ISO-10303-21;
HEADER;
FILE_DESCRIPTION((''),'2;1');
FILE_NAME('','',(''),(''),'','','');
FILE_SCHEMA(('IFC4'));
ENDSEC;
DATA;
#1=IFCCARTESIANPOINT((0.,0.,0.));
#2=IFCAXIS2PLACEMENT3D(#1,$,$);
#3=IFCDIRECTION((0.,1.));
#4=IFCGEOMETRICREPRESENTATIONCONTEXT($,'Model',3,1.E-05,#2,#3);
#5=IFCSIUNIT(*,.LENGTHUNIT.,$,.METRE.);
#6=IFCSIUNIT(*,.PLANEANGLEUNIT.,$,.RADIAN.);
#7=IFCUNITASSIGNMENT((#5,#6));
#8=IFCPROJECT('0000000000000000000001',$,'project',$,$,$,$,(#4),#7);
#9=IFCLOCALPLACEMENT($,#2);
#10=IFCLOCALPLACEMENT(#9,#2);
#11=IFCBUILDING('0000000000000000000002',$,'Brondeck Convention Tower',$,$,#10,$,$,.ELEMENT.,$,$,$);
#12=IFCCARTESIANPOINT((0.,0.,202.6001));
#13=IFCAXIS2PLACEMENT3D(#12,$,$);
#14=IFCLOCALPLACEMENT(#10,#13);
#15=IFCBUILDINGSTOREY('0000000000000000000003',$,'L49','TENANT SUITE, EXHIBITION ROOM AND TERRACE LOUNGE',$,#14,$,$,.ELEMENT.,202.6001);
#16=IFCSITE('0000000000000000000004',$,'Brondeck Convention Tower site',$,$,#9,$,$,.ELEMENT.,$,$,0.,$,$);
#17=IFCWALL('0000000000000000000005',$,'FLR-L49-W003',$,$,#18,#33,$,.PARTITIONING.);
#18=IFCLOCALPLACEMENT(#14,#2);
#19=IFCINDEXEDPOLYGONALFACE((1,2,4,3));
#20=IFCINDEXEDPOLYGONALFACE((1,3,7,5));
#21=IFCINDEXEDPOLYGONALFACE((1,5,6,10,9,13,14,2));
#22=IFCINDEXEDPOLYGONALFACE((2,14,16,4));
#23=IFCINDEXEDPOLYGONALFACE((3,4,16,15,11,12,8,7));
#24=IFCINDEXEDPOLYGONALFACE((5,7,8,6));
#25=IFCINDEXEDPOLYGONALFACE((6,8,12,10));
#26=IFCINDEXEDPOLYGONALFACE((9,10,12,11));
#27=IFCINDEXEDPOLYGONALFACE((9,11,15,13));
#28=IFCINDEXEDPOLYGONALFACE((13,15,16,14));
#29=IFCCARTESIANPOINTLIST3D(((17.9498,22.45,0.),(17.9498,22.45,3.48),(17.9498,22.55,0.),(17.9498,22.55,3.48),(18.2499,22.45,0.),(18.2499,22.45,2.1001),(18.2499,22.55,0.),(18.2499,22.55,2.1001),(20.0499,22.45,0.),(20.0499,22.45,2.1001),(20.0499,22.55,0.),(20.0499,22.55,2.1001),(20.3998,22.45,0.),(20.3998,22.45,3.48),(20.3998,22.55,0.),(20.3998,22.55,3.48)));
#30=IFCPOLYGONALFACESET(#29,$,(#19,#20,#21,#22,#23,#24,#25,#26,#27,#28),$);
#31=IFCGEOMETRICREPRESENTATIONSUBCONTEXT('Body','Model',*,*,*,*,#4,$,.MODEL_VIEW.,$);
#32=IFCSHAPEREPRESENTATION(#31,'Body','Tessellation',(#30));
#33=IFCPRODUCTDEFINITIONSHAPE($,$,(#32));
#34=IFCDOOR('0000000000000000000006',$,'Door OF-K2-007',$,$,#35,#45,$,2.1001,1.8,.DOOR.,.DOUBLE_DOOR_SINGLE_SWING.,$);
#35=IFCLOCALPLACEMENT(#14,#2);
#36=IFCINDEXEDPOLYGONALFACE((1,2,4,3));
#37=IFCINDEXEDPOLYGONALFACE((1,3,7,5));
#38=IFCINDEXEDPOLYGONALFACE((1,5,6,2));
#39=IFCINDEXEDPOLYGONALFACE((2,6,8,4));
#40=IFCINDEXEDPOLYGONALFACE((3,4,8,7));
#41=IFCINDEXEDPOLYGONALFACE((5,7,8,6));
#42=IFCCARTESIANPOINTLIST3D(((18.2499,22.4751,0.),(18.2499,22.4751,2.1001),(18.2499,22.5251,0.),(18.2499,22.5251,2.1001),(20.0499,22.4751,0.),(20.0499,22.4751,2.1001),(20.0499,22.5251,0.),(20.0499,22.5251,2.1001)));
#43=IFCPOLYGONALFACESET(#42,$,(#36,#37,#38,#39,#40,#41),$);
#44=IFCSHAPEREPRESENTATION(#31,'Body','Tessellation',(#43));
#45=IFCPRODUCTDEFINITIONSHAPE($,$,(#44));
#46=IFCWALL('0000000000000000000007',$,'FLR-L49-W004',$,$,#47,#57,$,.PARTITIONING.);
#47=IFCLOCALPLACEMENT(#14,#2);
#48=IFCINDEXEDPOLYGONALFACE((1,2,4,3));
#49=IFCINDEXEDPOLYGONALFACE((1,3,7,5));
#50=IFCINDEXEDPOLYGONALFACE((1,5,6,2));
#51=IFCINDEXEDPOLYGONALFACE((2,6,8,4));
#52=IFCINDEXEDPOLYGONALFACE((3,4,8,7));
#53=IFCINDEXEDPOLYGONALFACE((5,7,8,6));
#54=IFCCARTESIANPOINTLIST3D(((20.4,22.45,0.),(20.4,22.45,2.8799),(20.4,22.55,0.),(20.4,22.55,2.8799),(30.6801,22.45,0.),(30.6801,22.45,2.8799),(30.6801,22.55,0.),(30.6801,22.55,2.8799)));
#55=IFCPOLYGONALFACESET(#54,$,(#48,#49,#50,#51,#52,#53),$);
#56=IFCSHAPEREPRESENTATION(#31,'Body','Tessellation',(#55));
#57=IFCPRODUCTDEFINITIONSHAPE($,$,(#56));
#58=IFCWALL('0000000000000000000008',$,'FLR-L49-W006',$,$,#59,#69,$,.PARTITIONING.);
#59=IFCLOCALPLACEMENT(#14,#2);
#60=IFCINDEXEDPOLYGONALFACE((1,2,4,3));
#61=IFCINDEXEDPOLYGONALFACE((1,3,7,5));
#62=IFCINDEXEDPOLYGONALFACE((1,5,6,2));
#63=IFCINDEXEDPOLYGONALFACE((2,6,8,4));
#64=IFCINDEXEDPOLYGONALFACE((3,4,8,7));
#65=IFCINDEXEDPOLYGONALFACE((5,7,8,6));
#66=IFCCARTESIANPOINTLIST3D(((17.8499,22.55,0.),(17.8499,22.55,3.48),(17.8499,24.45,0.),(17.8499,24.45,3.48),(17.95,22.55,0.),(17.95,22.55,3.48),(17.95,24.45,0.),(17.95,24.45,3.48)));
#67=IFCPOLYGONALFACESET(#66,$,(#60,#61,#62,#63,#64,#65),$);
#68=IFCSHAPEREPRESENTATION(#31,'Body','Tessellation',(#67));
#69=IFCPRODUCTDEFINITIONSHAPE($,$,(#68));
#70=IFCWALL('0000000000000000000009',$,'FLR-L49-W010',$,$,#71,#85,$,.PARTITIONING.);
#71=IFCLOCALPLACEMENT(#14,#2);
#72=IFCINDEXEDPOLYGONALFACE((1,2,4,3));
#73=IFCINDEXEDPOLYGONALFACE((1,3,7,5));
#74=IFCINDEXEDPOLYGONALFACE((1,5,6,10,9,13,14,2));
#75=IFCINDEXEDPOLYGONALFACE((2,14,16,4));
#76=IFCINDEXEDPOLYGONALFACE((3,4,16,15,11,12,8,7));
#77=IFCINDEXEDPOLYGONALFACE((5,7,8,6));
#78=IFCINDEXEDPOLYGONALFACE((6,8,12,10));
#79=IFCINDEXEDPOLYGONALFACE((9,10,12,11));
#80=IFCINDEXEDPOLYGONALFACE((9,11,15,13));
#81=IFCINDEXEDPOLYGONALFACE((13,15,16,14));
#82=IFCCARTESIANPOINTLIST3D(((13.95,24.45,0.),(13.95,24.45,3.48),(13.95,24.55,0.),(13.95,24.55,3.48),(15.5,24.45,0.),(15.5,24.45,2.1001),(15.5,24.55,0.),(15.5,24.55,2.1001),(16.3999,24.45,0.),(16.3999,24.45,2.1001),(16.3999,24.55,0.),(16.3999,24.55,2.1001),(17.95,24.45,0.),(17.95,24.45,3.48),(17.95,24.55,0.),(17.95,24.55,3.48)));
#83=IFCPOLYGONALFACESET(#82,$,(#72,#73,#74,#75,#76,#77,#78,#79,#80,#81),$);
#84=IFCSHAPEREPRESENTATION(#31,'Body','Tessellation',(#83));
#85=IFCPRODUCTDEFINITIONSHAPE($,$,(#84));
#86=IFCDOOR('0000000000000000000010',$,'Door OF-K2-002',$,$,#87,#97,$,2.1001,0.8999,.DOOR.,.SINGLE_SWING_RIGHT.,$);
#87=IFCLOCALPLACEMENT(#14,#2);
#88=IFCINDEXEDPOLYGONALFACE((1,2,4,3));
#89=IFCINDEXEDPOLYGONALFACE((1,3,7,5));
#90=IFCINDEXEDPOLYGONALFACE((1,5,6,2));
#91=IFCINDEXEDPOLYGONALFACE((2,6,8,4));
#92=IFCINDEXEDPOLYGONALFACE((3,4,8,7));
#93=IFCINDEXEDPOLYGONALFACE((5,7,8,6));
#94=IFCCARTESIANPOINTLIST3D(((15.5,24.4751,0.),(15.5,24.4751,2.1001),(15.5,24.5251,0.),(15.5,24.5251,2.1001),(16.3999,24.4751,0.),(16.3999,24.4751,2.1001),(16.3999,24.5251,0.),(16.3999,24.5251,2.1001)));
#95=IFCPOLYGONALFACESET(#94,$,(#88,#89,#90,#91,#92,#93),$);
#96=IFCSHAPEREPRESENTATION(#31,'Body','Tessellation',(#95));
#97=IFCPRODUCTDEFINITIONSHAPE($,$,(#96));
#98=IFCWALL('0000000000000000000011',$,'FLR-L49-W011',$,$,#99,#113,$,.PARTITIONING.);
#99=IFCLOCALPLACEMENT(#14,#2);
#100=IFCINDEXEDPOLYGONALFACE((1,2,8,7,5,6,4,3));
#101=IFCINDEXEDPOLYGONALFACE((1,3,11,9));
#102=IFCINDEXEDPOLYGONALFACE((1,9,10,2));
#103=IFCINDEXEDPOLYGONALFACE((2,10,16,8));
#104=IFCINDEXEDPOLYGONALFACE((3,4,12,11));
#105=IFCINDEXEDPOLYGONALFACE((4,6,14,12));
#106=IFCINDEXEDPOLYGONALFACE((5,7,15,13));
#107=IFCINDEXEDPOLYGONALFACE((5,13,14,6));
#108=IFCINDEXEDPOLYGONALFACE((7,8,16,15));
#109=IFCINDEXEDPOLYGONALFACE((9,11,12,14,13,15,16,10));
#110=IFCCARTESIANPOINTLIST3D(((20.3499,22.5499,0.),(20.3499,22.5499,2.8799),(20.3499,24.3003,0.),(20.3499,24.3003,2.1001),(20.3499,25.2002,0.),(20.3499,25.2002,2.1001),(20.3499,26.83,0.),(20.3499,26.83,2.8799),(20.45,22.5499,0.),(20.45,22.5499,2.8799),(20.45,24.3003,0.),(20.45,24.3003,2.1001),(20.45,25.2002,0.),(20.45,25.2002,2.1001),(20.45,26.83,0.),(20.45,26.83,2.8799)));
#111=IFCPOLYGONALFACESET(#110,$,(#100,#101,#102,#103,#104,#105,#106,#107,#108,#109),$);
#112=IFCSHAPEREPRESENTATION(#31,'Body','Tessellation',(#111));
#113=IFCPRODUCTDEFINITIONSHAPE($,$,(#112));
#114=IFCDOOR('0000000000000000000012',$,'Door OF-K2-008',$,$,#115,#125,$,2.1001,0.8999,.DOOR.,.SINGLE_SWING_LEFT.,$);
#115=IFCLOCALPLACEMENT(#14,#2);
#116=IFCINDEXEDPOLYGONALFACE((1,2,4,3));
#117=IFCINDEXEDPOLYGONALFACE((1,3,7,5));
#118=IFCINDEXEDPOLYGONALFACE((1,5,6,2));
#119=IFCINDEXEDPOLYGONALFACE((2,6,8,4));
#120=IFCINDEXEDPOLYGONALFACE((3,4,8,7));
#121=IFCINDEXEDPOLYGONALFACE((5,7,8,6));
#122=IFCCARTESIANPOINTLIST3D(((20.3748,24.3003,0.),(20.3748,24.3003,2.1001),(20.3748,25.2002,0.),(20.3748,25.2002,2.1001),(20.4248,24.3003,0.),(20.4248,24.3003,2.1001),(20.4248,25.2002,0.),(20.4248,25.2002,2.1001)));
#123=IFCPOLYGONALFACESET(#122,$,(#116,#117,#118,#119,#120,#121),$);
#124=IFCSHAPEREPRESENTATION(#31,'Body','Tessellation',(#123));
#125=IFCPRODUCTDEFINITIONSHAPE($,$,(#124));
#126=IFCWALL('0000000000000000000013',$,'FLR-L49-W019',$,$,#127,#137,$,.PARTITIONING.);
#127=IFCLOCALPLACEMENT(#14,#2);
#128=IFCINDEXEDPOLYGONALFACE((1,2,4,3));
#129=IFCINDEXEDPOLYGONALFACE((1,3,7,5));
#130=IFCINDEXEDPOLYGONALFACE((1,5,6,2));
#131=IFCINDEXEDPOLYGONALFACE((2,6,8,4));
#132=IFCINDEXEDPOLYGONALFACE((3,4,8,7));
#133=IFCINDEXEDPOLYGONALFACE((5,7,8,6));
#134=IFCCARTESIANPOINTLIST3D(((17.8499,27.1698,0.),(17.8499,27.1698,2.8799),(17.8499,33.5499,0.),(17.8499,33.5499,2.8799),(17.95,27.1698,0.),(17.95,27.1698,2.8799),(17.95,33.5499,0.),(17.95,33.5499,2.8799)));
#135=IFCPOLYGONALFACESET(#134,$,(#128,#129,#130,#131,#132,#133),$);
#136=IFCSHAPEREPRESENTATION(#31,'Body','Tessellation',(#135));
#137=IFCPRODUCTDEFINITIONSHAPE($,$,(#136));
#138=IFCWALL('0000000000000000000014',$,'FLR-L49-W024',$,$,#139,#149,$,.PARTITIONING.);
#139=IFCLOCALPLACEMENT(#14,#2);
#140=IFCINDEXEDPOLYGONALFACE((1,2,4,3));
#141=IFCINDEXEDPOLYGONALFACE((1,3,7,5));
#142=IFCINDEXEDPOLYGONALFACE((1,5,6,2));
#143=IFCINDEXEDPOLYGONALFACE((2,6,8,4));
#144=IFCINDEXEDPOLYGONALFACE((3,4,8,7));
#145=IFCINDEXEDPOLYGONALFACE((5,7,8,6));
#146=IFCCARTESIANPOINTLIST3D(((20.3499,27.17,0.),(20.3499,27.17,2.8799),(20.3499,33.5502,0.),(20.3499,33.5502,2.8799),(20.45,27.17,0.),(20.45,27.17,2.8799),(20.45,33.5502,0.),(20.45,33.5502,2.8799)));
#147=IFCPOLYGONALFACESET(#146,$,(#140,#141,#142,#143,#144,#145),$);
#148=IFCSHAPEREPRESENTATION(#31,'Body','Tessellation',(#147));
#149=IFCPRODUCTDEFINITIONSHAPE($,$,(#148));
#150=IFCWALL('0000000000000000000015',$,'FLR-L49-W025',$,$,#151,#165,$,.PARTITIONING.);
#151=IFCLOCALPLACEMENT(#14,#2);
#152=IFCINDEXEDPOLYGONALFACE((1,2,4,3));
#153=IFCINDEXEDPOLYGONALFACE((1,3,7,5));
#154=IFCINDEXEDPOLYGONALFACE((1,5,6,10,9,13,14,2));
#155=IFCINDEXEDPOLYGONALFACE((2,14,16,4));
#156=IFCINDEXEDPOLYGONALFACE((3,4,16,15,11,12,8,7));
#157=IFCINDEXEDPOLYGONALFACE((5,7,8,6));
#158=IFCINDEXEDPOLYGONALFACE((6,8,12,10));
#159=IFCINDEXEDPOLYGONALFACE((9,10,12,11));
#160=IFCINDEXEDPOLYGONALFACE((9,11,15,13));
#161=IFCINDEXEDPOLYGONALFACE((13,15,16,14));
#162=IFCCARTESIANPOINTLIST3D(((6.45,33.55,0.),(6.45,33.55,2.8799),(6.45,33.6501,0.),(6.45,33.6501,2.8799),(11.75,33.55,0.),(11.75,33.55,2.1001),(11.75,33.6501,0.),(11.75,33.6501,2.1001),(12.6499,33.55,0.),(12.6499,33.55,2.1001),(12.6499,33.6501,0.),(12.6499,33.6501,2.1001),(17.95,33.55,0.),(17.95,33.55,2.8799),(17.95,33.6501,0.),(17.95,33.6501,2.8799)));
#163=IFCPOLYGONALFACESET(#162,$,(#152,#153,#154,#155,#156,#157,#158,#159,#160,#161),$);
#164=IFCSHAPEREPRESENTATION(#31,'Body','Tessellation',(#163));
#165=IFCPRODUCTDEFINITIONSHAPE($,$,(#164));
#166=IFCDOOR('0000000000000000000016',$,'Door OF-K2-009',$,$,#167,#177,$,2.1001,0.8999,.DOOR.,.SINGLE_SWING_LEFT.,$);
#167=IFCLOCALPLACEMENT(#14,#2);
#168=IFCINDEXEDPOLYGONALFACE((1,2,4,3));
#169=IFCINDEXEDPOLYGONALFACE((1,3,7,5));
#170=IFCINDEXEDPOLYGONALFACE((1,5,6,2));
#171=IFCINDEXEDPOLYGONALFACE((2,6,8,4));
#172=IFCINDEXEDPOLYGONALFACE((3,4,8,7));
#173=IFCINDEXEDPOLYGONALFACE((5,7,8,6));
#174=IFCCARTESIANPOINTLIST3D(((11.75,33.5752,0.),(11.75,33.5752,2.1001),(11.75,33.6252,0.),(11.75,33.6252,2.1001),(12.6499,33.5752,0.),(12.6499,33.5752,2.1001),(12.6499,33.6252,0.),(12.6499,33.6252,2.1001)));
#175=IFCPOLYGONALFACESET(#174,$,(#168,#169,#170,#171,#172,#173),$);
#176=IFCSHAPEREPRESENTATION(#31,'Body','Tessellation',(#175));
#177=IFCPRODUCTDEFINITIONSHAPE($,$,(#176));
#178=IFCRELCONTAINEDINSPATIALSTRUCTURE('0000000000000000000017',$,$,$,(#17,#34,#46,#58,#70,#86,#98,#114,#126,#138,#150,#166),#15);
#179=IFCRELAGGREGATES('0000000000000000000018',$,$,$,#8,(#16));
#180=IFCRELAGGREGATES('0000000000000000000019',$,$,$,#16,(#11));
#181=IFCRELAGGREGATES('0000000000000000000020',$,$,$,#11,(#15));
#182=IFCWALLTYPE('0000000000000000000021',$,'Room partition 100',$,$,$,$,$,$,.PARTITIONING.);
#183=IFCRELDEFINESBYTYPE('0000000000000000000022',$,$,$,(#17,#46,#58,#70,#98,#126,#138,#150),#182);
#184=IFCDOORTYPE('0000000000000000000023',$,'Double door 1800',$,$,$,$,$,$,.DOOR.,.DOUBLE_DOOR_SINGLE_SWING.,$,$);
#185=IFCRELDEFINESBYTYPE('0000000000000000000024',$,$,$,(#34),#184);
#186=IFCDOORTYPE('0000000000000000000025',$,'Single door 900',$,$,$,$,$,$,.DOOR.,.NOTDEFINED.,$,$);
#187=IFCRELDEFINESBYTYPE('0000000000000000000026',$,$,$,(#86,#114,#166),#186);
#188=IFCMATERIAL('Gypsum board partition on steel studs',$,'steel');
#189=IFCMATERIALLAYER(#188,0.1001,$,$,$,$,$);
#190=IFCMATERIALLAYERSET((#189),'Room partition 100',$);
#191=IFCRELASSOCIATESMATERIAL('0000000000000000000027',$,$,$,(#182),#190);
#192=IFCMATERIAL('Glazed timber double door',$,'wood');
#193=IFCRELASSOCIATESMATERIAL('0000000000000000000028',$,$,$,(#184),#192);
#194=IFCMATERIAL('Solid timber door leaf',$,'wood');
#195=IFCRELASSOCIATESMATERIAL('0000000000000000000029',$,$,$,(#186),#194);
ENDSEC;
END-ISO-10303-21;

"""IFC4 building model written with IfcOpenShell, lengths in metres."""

from ifc_helpers import new_model, si_unit, direction, frame, frame_2d, origin, place, context, subcontext, project, spatial, rectangle, extrude, material, layer, layer_set, type_object, element, fill, save


model = new_model("IFC4")

# Units and contexts
model_context = context("Model", 3, precision=1e-05, world=origin(), true_north=direction((0.0, 1.0)))
body_context = subcontext(model_context, "Body", "Model", "MODEL_VIEW")
ifc_project = project(units=[si_unit("LENGTHUNIT", "METRE"), si_unit("PLANEANGLEUNIT", "RADIAN")], contexts=[model_context])

# Site, building, storey
site_placement = place(None, origin())
site = spatial("IfcSite", under=ifc_project, at=site_placement, Name="Brondeck Convention Tower site", CompositionType="ELEMENT", RefElevation=0.0)
building_placement = place(site_placement, origin())
building = spatial("IfcBuilding", under=site, at=building_placement, Name="Brondeck Convention Tower", CompositionType="ELEMENT")
storey_placement = place(building_placement, frame((0.0, 0.0, 202.6001)))
storey = spatial("IfcBuildingStorey", under=building, at=storey_placement, Name="L49", Description="TENANT SUITE, EXHIBITION ROOM AND TERRACE LOUNGE", CompositionType="ELEMENT", Elevation=202.6001)

# Shared definitions
ifc_material_1 = material(Name="Gypsum board partition on steel studs", Category="steel")
ifc_layer_1 = layer(ifc_material_1, 0.1001)
ifc_layer_set_1 = layer_set([ifc_layer_1], Name="Room partition 100")
wall_type_1 = type_object("IfcWallType", Name="Room partition 100", PredefinedType="PARTITIONING", material=ifc_layer_set_1)

# Wall, opening, door
wall_1_placement = place(storey_placement, frame((20.3999, 22.5, 0.0), z_axis=(0.0, 0.0, 1.0), x_axis=(-1.0, 0.0, 0.0)))
wall_1 = element("IfcWall", 1, at=wall_1_placement, inside=storey, type_object=wall_type_1, Name="FLR-L49-W003", PredefinedType="PARTITIONING", context=body_context, shape_type="SweptSolid", body=[
    extrude(rectangle(XDim=2.45, YDim=0.1001, at=frame_2d((1.2251, 0.0))), origin(), (0.0, 0.0, 1.0), 3.48),
])
opening_1_placement = place(wall_1_placement, frame((0.3501, 0.0, 0.0)))
opening_1 = element("IfcOpeningElement", 2, at=opening_1_placement, cuts=wall_1, PredefinedType="OPENING", context=body_context, shape_type="SweptSolid", body=[
    extrude(rectangle(XDim=1.8, YDim=2.1001, at=frame_2d((0.8999, 1.05))), frame((0.0, 0.0601, 0.0), z_axis=(0.0, -1.0, 0.0), x_axis=(1.0, 0.0, 0.0)), (0.0, 0.0, 1.0), 0.1201),
])
ifc_material_2 = material(Name="Glazed timber double door", Category="wood")
door_type_1 = type_object("IfcDoorType", Name="Double door 1800", OperationType="DOUBLE_DOOR_SINGLE_SWING", PredefinedType="DOOR", material=ifc_material_2)
door_1_placement = place(opening_1_placement, origin())
door_1 = element("IfcDoor", 3, at=door_1_placement, inside=storey, type_object=door_type_1, Name="Door OF-K2-007", OperationType="DOUBLE_DOOR_SINGLE_SWING", OverallHeight=2.1001, OverallWidth=1.8, PredefinedType="DOOR", context=body_context, shape_type="SweptSolid", body=[
    extrude(rectangle(XDim=1.8, YDim=2.1001, at=frame_2d((0.8999, 1.05))), frame((0.0, 0.0249, 0.0), z_axis=(0.0, -1.0, 0.0), x_axis=(1.0, 0.0, 0.0)), (0.0, 0.0, 1.0), 0.05),
])
fill(opening_1, door_1)

# Walls
wall_2_placement = place(storey_placement, frame((20.3999, 22.5, 0.0), z_axis=(0.0, 0.0, 1.0), x_axis=(1.0, 0.0, 0.0)))
element("IfcWall", 4, at=wall_2_placement, inside=storey, type_object=wall_type_1, Name="FLR-L49-W004", PredefinedType="PARTITIONING", context=body_context, shape_type="SweptSolid", body=[
    extrude(rectangle(XDim=10.28, YDim=0.1001, at=frame_2d((5.1401, 0.0))), origin(), (0.0, 0.0, 1.0), 2.8799),
])
wall_3_placement = place(storey_placement, frame((17.8999, 22.55, 0.0), z_axis=(0.0, 0.0, 1.0), x_axis=(0.0, 1.0, 0.0)))
element("IfcWall", 5, at=wall_3_placement, inside=storey, type_object=wall_type_1, Name="FLR-L49-W006", PredefinedType="PARTITIONING", context=body_context, shape_type="SweptSolid", body=[
    extrude(rectangle(XDim=1.8999, YDim=0.1001, at=frame_2d((0.95, 0.0))), origin(), (0.0, 0.0, 1.0), 3.48),
])

# Walls, openings, doors
wall_4_placement = place(storey_placement, frame((17.95, 24.5, 0.0), z_axis=(0.0, 0.0, 1.0), x_axis=(-1.0, 0.0, 0.0)))
wall_4 = element("IfcWall", 6, at=wall_4_placement, inside=storey, type_object=wall_type_1, Name="FLR-L49-W010", PredefinedType="PARTITIONING", context=body_context, shape_type="SweptSolid", body=[
    extrude(rectangle(XDim=4.0, YDim=0.1001, at=frame_2d((2.0, 0.0))), origin(), (0.0, 0.0, 1.0), 3.48),
])
opening_2_placement = place(wall_4_placement, frame((1.55, 0.0, 0.0)))
opening_2 = element("IfcOpeningElement", 7, at=opening_2_placement, cuts=wall_4, PredefinedType="OPENING", context=body_context, shape_type="SweptSolid", body=[
    extrude(rectangle(XDim=0.8999, YDim=2.1001, at=frame_2d((0.45, 1.05))), frame((0.0, 0.0601, 0.0), z_axis=(0.0, -1.0, 0.0), x_axis=(1.0, 0.0, 0.0)), (0.0, 0.0, 1.0), 0.1201),
])
ifc_material_3 = material(Name="Solid timber door leaf", Category="wood")
door_type_2 = type_object("IfcDoorType", Name="Single door 900", OperationType="NOTDEFINED", PredefinedType="DOOR", material=ifc_material_3)
door_2_placement = place(opening_2_placement, origin())
door_2 = element("IfcDoor", 8, at=door_2_placement, inside=storey, type_object=door_type_2, Name="Door OF-K2-002", OperationType="SINGLE_SWING_RIGHT", OverallHeight=2.1001, OverallWidth=0.8999, PredefinedType="DOOR", context=body_context, shape_type="SweptSolid", body=[
    extrude(rectangle(XDim=0.8999, YDim=2.1001, at=frame_2d((0.45, 1.05))), frame((0.0, 0.0249, 0.0), z_axis=(0.0, -1.0, 0.0), x_axis=(1.0, 0.0, 0.0)), (0.0, 0.0, 1.0), 0.05),
])
fill(opening_2, door_2)
wall_5_placement = place(storey_placement, frame((20.3999, 26.8301, 0.0), z_axis=(0.0, 0.0, 1.0), x_axis=(0.0, -1.0, 0.0)))
wall_5 = element("IfcWall", 9, at=wall_5_placement, inside=storey, type_object=wall_type_1, Name="FLR-L49-W011", PredefinedType="PARTITIONING", context=body_context, shape_type="SweptSolid", body=[
    extrude(rectangle(XDim=4.28, YDim=0.1001, at=frame_2d((2.1401, 0.0))), origin(), (0.0, 0.0, 1.0), 2.8799),
])
opening_3_placement = place(wall_5_placement, frame((1.6299, 0.0, 0.0)))
opening_3 = element("IfcOpeningElement", 10, at=opening_3_placement, cuts=wall_5, PredefinedType="OPENING", context=body_context, shape_type="SweptSolid", body=[
    extrude(rectangle(XDim=0.8999, YDim=2.1001, at=frame_2d((0.45, 1.05))), frame((0.0, 0.0601, 0.0), z_axis=(0.0, -1.0, 0.0), x_axis=(1.0, 0.0, 0.0)), (0.0, 0.0, 1.0), 0.1201),
])
door_3_placement = place(opening_3_placement, origin())
door_3 = element("IfcDoor", 11, at=door_3_placement, inside=storey, type_object=door_type_2, Name="Door OF-K2-008", OperationType="SINGLE_SWING_LEFT", OverallHeight=2.1001, OverallWidth=0.8999, PredefinedType="DOOR", context=body_context, shape_type="SweptSolid", body=[
    extrude(rectangle(XDim=0.8999, YDim=2.1001, at=frame_2d((0.45, 1.05))), frame((0.0, 0.0249, 0.0), z_axis=(0.0, -1.0, 0.0), x_axis=(1.0, 0.0, 0.0)), (0.0, 0.0, 1.0), 0.05),
])
fill(opening_3, door_3)

# Walls
for number, where, z_axis, x_axis, name in (
    (12, (17.8999, 27.1699, 0.0), (0.0, 0.0, 1.0), (0.0, 1.0, 0.0), "FLR-L49-W019"),
    (13, (20.3999, 33.55, 0.0), (0.0, 0.0, 1.0), (0.0, -1.0, 0.0), "FLR-L49-W024"),
):
    element("IfcWall", number, at=place(storey_placement, frame(where, z_axis=z_axis, x_axis=x_axis)), inside=storey, type_object=wall_type_1, Name=name, PredefinedType="PARTITIONING", context=body_context, shape_type="SweptSolid", body=[
        extrude(rectangle(XDim=6.3801, YDim=0.1001, at=frame_2d((3.1899, 0.0))), origin(), (0.0, 0.0, 1.0), 2.8799),
    ])

# Wall, opening, door
wall_6_placement = place(storey_placement, frame((17.95, 33.6001, 0.0), z_axis=(0.0, 0.0, 1.0), x_axis=(-1.0, 0.0, 0.0)))
wall_6 = element("IfcWall", 14, at=wall_6_placement, inside=storey, type_object=wall_type_1, Name="FLR-L49-W025", PredefinedType="PARTITIONING", context=body_context, shape_type="SweptSolid", body=[
    extrude(rectangle(XDim=11.5, YDim=0.1001, at=frame_2d((5.75, 0.0))), origin(), (0.0, 0.0, 1.0), 2.8799),
])
opening_4_placement = place(wall_6_placement, frame((5.3, 0.0, 0.0)))
opening_4 = element("IfcOpeningElement", 15, at=opening_4_placement, cuts=wall_6, PredefinedType="OPENING", context=body_context, shape_type="SweptSolid", body=[
    extrude(rectangle(XDim=0.8999, YDim=2.1001, at=frame_2d((0.45, 1.05))), frame((0.0, 0.0601, 0.0), z_axis=(0.0, -1.0, 0.0), x_axis=(1.0, 0.0, 0.0)), (0.0, 0.0, 1.0), 0.1201),
])
door_4_placement = place(opening_4_placement, origin())
door_4 = element("IfcDoor", 16, at=door_4_placement, inside=storey, type_object=door_type_2, Name="Door OF-K2-009", OperationType="SINGLE_SWING_LEFT", OverallHeight=2.1001, OverallWidth=0.8999, PredefinedType="DOOR", context=body_context, shape_type="SweptSolid", body=[
    extrude(rectangle(XDim=0.8999, YDim=2.1001, at=frame_2d((0.45, 1.05))), frame((0.0, 0.0249, 0.0), z_axis=(0.0, -1.0, 0.0), x_axis=(1.0, 0.0, 0.0)), (0.0, 0.0, 1.0), 0.05),
])
fill(opening_4, door_4)

save(model, "model.ifc")
